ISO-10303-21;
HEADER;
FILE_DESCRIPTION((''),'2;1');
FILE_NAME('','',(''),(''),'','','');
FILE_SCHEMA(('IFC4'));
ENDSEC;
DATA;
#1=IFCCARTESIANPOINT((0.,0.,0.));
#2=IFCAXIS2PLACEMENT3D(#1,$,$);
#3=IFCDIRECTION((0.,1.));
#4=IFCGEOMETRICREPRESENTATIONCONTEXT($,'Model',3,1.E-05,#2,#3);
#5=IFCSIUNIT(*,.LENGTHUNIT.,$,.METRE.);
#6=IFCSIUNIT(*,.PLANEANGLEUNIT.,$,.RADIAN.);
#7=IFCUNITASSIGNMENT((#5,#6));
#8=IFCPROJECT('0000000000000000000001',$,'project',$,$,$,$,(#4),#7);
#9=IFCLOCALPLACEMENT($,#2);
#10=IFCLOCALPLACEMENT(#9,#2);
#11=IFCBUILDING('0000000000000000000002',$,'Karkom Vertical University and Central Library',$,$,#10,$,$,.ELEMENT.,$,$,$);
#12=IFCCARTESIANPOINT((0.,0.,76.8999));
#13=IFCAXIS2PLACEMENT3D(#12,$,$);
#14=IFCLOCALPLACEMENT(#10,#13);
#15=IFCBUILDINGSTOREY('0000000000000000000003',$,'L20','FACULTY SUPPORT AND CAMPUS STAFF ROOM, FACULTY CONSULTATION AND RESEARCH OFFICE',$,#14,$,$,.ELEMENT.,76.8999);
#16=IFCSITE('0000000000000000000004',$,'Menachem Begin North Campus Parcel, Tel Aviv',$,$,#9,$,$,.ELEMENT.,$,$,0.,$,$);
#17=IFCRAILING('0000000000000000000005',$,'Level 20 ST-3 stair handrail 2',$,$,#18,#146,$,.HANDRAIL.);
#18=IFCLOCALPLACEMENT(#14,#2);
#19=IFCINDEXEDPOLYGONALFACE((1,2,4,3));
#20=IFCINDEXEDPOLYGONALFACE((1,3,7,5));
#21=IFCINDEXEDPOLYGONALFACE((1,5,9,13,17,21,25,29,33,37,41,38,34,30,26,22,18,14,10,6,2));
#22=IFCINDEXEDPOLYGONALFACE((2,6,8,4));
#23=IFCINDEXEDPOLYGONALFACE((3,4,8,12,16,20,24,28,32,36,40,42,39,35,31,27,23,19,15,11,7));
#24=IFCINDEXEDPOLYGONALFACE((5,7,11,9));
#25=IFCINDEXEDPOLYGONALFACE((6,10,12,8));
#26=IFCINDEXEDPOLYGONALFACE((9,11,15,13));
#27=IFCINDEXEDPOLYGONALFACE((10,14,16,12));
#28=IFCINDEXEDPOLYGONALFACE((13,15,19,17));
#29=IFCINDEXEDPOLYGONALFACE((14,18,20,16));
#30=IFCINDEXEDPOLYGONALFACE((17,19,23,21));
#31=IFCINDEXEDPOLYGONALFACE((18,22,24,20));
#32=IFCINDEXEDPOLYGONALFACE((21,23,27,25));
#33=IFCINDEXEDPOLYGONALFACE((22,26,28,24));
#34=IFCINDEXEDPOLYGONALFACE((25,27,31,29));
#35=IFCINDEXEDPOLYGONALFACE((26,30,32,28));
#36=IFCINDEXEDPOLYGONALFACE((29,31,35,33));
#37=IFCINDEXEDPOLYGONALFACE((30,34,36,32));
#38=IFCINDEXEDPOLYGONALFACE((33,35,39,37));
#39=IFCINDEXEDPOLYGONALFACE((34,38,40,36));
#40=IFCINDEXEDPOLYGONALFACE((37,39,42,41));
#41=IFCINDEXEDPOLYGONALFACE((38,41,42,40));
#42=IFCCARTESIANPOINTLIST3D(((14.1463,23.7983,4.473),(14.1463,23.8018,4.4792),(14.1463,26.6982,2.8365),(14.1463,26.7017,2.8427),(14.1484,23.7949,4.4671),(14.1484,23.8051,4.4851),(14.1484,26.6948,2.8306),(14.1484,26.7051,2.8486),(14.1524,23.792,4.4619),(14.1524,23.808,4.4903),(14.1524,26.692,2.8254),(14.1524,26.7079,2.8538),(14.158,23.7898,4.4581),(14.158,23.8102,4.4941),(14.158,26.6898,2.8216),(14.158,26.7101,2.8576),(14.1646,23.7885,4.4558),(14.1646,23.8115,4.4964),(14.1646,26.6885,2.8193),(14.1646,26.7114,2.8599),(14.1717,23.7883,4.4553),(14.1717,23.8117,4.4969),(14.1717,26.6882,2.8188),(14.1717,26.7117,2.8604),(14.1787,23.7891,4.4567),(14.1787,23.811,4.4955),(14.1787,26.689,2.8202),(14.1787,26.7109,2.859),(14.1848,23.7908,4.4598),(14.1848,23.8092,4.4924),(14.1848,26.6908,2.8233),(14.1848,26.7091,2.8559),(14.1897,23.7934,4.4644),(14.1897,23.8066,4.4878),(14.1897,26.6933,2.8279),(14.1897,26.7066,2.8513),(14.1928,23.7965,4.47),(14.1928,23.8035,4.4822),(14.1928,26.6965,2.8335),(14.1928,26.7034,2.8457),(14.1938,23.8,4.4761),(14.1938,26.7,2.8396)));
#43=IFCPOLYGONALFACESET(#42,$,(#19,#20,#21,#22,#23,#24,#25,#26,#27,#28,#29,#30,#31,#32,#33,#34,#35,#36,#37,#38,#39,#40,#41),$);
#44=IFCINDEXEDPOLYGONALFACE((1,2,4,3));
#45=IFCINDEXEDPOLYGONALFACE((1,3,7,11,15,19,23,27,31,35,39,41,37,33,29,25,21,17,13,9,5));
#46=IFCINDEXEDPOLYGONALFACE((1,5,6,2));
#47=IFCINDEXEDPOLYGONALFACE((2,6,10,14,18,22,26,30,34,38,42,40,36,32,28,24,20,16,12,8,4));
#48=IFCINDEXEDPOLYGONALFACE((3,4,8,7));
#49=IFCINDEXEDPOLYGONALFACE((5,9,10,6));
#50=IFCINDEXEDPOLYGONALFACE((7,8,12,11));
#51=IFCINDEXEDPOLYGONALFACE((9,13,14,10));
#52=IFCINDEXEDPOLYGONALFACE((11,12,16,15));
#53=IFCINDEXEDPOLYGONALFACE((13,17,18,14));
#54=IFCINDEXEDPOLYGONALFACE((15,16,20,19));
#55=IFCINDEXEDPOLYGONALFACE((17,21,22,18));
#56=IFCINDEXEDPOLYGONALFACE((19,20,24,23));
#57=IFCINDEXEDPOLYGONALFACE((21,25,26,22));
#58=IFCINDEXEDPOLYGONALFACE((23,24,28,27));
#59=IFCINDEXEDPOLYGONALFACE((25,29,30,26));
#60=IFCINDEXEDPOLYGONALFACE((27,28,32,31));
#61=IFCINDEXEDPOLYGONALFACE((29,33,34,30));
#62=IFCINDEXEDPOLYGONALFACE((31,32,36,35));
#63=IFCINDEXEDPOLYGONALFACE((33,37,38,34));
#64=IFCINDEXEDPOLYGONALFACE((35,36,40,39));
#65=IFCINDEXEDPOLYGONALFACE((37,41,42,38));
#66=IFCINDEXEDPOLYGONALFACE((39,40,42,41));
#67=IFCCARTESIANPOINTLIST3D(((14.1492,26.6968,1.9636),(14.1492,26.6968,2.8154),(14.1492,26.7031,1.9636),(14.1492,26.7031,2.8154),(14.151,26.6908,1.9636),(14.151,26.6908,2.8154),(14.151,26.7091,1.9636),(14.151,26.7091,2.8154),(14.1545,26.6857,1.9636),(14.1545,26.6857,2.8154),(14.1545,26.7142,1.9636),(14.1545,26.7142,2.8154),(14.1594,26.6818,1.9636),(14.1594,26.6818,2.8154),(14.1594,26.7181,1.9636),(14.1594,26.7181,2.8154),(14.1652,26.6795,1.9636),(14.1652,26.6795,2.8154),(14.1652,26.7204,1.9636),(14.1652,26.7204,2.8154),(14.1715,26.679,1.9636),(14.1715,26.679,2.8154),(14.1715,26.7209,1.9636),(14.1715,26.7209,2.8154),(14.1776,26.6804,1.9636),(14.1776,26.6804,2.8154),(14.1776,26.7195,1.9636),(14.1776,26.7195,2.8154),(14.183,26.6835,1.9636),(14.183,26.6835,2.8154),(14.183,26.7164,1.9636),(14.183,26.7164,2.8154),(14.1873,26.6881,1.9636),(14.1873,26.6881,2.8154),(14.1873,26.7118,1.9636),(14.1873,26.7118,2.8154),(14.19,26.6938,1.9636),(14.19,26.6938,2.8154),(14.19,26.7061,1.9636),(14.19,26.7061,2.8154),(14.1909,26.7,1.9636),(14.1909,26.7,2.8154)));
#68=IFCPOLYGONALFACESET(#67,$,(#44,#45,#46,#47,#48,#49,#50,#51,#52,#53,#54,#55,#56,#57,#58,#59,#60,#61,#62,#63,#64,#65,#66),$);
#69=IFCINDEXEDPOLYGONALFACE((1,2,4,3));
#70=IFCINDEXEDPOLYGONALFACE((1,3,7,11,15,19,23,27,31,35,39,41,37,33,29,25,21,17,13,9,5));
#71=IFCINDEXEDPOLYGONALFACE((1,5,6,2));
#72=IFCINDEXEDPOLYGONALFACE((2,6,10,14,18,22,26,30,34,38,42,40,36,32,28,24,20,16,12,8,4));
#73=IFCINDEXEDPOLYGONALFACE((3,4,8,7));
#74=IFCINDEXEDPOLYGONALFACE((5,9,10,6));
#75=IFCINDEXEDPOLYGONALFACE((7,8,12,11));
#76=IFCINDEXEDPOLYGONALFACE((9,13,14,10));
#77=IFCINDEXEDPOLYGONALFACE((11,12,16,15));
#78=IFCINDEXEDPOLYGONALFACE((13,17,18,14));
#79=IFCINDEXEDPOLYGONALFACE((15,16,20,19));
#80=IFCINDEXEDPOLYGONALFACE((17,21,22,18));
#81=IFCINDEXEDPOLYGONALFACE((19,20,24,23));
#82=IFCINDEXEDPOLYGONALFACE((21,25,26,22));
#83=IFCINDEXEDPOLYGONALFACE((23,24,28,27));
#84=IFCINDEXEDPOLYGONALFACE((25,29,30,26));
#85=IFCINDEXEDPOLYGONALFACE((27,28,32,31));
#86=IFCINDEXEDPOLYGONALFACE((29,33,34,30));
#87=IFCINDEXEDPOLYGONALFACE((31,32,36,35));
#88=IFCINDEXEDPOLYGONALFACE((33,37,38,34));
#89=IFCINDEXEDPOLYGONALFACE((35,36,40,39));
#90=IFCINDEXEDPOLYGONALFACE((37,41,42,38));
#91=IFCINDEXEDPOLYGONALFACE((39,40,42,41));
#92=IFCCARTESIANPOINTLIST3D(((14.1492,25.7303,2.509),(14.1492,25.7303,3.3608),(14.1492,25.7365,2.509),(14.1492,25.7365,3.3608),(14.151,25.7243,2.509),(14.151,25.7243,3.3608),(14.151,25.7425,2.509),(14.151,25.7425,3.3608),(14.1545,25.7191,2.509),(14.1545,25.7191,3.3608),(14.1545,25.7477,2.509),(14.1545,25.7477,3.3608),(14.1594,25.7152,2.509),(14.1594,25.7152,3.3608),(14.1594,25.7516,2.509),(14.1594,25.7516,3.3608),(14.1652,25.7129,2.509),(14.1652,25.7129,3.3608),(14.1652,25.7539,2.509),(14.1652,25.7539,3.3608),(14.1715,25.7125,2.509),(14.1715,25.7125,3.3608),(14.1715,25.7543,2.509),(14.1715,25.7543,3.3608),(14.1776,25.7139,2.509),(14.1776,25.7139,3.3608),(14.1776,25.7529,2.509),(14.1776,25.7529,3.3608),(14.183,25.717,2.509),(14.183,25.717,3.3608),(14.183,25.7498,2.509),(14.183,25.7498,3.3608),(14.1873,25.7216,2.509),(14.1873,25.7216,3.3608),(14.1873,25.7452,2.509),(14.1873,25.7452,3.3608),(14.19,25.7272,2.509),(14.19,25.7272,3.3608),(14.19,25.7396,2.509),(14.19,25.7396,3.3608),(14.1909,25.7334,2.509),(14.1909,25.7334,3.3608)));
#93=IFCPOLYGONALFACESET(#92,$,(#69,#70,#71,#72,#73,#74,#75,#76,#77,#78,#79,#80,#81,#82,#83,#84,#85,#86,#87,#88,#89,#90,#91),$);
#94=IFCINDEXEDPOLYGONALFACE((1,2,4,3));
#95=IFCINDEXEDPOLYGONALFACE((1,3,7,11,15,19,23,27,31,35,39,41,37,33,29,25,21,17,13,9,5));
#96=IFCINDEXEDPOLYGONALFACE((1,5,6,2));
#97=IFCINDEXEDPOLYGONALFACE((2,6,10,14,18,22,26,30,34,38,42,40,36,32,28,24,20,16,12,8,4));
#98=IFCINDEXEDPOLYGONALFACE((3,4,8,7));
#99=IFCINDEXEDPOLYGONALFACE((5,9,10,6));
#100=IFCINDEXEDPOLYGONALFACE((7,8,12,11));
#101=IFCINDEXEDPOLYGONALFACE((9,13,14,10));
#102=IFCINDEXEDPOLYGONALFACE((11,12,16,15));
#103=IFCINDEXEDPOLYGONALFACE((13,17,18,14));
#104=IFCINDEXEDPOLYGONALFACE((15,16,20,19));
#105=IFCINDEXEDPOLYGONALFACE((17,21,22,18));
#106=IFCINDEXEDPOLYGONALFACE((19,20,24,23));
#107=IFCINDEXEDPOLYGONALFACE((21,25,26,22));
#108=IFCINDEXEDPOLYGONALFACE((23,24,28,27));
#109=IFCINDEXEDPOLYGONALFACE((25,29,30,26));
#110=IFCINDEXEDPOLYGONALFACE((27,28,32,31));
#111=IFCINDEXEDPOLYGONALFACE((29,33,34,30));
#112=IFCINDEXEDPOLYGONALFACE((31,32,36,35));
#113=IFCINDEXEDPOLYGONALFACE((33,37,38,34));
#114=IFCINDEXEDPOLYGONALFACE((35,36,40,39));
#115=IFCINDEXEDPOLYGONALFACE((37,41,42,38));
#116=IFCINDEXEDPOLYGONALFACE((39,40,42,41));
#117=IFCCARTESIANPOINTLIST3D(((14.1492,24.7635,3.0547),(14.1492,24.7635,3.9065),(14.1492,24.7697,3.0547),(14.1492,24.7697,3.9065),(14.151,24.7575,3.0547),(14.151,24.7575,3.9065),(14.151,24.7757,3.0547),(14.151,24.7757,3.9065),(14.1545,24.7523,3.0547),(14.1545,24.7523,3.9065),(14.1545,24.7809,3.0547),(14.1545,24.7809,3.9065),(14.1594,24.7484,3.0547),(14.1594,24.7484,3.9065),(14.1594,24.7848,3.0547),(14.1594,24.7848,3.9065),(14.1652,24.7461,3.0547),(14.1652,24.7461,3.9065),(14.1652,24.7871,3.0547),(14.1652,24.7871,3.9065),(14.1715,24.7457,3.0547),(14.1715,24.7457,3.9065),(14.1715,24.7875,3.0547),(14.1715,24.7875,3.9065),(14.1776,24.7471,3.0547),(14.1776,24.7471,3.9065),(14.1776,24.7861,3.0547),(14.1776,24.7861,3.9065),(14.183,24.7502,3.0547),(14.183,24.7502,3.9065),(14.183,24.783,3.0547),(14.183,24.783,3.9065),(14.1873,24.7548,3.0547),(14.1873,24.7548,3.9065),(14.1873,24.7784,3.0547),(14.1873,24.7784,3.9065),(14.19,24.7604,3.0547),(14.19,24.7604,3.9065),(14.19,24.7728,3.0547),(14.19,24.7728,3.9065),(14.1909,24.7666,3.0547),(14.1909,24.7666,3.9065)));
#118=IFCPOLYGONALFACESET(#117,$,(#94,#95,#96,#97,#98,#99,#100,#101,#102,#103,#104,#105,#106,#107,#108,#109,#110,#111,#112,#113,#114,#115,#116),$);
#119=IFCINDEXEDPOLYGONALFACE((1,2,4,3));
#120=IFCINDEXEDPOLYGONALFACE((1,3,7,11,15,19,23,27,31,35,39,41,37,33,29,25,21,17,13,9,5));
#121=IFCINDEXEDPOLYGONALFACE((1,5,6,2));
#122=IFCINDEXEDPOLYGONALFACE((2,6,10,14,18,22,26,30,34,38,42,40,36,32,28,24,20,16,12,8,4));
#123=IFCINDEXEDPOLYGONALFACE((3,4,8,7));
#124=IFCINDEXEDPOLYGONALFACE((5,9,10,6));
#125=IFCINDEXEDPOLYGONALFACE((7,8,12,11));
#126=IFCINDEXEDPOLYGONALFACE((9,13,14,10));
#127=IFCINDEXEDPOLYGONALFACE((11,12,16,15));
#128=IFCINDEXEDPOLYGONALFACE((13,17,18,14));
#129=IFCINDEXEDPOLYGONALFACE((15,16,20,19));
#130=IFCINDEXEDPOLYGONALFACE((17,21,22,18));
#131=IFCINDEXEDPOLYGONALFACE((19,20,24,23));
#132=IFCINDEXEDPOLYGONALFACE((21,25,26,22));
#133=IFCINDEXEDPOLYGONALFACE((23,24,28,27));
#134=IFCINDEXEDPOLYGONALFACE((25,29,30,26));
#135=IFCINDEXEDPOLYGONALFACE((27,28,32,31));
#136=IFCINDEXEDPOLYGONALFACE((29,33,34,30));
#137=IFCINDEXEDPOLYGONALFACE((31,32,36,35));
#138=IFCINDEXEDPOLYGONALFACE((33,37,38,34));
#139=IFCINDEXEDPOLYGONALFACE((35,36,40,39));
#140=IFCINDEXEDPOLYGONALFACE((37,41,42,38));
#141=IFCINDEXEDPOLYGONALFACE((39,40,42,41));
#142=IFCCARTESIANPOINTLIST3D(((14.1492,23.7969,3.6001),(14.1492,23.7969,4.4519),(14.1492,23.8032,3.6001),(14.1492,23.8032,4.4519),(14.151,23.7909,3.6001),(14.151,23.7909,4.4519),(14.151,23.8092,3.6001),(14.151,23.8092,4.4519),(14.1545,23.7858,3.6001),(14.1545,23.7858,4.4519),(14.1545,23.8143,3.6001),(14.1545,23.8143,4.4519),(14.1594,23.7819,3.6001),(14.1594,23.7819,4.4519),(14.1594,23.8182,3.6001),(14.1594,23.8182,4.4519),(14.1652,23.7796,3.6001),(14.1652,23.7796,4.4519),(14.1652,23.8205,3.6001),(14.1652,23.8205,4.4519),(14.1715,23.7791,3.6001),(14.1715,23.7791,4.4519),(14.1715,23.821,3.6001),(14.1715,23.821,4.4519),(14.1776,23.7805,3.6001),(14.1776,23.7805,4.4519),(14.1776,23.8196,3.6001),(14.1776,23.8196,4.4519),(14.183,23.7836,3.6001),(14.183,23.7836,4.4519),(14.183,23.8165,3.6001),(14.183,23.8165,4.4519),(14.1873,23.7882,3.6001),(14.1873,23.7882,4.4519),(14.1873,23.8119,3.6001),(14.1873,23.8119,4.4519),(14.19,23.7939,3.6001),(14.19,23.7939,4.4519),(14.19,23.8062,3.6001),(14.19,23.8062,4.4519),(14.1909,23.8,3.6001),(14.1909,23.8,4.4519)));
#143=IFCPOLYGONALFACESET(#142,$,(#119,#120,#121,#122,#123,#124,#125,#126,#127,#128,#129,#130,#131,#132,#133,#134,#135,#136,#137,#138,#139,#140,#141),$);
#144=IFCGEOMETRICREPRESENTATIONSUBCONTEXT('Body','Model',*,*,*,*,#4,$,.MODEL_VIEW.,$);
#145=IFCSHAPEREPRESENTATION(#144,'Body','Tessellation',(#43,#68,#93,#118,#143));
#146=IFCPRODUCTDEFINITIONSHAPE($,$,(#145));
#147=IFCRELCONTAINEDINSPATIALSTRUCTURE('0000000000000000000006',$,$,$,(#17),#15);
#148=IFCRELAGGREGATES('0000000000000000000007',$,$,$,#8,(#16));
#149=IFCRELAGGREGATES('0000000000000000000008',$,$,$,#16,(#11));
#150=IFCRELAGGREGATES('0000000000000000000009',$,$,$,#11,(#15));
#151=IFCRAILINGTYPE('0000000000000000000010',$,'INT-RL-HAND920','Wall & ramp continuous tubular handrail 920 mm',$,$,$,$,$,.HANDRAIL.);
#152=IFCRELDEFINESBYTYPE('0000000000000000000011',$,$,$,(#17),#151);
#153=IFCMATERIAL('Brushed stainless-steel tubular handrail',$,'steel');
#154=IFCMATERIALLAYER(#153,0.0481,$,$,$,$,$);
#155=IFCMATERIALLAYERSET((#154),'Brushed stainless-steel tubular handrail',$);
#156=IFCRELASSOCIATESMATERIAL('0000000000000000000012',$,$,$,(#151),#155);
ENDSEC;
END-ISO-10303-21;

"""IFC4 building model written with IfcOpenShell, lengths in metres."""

from ifc_helpers import new_model, si_unit, direction, frame, origin, origin_2d, place, context, subcontext, project, spatial, circle, extrude, material, layer, layer_set, type_object, element, save


model = new_model("IFC4")

# Units and contexts
model_context = context("Model", 3, precision=1e-05, world=origin(), true_north=direction((0.0, 1.0)))
body_context = subcontext(model_context, "Body", "Model", "MODEL_VIEW")
ifc_project = project(units=[si_unit("LENGTHUNIT", "METRE"), si_unit("PLANEANGLEUNIT", "RADIAN")], contexts=[model_context])

# Site, building, storey
site_placement = place(None, origin())
site = spatial("IfcSite", under=ifc_project, at=site_placement, Name="Menachem Begin North Campus Parcel, Tel Aviv", CompositionType="ELEMENT", RefElevation=0.0)
building_placement = place(site_placement, origin())
building = spatial("IfcBuilding", under=site, at=building_placement, Name="Karkom Vertical University and Central Library", CompositionType="ELEMENT")
storey_placement = place(building_placement, frame((0.0, 0.0, 76.8999)))
storey = spatial("IfcBuildingStorey", under=building, at=storey_placement, Name="L20", Description="FACULTY SUPPORT AND CAMPUS STAFF ROOM, FACULTY CONSULTATION AND RESEARCH OFFICE", CompositionType="ELEMENT", Elevation=76.8999)

# Railing
ifc_material_1 = material(Name="Brushed stainless-steel tubular handrail", Category="steel")
ifc_layer_1 = layer(ifc_material_1, 0.0481)
ifc_layer_set_1 = layer_set([ifc_layer_1], Name="Brushed stainless-steel tubular handrail")
railing_type_1 = type_object("IfcRailingType", Name="INT-RL-HAND920", Description="Wall & ramp continuous tubular handrail 920 mm", PredefinedType="HANDRAIL", material=ifc_layer_set_1)
railing_1_placement = place(storey_placement, frame((14.1699, 26.7, 1.9636)))
element("IfcRailing", 1, at=railing_1_placement, inside=storey, type_object=railing_type_1, Name="Level 20 ST-3 stair handrail 2", PredefinedType="HANDRAIL", context=body_context, shape_type="SweptSolid", body=[
    extrude(circle(Radius=0.0239, at=origin_2d()), frame((0.0, 0.0, 0.876), z_axis=(0.0, -0.870897, 0.491465), x_axis=(1.0, 0.0, 0.0)), (0.0, 0.0, 1.0), 3.3298),
    extrude(circle(Radius=0.021, at=origin_2d()), origin(), (0.0, 0.0, 1.0), 0.8518),
    extrude(circle(Radius=0.021, at=origin_2d()), frame((0.0, -0.9666, 0.5454)), (0.0, 0.0, 1.0), 0.8518),
    extrude(circle(Radius=0.021, at=origin_2d()), frame((0.0, -1.9333, 1.0911)), (0.0, 0.0, 1.0), 0.8518),
    extrude(circle(Radius=0.021, at=origin_2d()), frame((0.0, -2.8999, 1.6365)), (0.0, 0.0, 1.0), 0.8518),
])

save(model, "model.ifc")
